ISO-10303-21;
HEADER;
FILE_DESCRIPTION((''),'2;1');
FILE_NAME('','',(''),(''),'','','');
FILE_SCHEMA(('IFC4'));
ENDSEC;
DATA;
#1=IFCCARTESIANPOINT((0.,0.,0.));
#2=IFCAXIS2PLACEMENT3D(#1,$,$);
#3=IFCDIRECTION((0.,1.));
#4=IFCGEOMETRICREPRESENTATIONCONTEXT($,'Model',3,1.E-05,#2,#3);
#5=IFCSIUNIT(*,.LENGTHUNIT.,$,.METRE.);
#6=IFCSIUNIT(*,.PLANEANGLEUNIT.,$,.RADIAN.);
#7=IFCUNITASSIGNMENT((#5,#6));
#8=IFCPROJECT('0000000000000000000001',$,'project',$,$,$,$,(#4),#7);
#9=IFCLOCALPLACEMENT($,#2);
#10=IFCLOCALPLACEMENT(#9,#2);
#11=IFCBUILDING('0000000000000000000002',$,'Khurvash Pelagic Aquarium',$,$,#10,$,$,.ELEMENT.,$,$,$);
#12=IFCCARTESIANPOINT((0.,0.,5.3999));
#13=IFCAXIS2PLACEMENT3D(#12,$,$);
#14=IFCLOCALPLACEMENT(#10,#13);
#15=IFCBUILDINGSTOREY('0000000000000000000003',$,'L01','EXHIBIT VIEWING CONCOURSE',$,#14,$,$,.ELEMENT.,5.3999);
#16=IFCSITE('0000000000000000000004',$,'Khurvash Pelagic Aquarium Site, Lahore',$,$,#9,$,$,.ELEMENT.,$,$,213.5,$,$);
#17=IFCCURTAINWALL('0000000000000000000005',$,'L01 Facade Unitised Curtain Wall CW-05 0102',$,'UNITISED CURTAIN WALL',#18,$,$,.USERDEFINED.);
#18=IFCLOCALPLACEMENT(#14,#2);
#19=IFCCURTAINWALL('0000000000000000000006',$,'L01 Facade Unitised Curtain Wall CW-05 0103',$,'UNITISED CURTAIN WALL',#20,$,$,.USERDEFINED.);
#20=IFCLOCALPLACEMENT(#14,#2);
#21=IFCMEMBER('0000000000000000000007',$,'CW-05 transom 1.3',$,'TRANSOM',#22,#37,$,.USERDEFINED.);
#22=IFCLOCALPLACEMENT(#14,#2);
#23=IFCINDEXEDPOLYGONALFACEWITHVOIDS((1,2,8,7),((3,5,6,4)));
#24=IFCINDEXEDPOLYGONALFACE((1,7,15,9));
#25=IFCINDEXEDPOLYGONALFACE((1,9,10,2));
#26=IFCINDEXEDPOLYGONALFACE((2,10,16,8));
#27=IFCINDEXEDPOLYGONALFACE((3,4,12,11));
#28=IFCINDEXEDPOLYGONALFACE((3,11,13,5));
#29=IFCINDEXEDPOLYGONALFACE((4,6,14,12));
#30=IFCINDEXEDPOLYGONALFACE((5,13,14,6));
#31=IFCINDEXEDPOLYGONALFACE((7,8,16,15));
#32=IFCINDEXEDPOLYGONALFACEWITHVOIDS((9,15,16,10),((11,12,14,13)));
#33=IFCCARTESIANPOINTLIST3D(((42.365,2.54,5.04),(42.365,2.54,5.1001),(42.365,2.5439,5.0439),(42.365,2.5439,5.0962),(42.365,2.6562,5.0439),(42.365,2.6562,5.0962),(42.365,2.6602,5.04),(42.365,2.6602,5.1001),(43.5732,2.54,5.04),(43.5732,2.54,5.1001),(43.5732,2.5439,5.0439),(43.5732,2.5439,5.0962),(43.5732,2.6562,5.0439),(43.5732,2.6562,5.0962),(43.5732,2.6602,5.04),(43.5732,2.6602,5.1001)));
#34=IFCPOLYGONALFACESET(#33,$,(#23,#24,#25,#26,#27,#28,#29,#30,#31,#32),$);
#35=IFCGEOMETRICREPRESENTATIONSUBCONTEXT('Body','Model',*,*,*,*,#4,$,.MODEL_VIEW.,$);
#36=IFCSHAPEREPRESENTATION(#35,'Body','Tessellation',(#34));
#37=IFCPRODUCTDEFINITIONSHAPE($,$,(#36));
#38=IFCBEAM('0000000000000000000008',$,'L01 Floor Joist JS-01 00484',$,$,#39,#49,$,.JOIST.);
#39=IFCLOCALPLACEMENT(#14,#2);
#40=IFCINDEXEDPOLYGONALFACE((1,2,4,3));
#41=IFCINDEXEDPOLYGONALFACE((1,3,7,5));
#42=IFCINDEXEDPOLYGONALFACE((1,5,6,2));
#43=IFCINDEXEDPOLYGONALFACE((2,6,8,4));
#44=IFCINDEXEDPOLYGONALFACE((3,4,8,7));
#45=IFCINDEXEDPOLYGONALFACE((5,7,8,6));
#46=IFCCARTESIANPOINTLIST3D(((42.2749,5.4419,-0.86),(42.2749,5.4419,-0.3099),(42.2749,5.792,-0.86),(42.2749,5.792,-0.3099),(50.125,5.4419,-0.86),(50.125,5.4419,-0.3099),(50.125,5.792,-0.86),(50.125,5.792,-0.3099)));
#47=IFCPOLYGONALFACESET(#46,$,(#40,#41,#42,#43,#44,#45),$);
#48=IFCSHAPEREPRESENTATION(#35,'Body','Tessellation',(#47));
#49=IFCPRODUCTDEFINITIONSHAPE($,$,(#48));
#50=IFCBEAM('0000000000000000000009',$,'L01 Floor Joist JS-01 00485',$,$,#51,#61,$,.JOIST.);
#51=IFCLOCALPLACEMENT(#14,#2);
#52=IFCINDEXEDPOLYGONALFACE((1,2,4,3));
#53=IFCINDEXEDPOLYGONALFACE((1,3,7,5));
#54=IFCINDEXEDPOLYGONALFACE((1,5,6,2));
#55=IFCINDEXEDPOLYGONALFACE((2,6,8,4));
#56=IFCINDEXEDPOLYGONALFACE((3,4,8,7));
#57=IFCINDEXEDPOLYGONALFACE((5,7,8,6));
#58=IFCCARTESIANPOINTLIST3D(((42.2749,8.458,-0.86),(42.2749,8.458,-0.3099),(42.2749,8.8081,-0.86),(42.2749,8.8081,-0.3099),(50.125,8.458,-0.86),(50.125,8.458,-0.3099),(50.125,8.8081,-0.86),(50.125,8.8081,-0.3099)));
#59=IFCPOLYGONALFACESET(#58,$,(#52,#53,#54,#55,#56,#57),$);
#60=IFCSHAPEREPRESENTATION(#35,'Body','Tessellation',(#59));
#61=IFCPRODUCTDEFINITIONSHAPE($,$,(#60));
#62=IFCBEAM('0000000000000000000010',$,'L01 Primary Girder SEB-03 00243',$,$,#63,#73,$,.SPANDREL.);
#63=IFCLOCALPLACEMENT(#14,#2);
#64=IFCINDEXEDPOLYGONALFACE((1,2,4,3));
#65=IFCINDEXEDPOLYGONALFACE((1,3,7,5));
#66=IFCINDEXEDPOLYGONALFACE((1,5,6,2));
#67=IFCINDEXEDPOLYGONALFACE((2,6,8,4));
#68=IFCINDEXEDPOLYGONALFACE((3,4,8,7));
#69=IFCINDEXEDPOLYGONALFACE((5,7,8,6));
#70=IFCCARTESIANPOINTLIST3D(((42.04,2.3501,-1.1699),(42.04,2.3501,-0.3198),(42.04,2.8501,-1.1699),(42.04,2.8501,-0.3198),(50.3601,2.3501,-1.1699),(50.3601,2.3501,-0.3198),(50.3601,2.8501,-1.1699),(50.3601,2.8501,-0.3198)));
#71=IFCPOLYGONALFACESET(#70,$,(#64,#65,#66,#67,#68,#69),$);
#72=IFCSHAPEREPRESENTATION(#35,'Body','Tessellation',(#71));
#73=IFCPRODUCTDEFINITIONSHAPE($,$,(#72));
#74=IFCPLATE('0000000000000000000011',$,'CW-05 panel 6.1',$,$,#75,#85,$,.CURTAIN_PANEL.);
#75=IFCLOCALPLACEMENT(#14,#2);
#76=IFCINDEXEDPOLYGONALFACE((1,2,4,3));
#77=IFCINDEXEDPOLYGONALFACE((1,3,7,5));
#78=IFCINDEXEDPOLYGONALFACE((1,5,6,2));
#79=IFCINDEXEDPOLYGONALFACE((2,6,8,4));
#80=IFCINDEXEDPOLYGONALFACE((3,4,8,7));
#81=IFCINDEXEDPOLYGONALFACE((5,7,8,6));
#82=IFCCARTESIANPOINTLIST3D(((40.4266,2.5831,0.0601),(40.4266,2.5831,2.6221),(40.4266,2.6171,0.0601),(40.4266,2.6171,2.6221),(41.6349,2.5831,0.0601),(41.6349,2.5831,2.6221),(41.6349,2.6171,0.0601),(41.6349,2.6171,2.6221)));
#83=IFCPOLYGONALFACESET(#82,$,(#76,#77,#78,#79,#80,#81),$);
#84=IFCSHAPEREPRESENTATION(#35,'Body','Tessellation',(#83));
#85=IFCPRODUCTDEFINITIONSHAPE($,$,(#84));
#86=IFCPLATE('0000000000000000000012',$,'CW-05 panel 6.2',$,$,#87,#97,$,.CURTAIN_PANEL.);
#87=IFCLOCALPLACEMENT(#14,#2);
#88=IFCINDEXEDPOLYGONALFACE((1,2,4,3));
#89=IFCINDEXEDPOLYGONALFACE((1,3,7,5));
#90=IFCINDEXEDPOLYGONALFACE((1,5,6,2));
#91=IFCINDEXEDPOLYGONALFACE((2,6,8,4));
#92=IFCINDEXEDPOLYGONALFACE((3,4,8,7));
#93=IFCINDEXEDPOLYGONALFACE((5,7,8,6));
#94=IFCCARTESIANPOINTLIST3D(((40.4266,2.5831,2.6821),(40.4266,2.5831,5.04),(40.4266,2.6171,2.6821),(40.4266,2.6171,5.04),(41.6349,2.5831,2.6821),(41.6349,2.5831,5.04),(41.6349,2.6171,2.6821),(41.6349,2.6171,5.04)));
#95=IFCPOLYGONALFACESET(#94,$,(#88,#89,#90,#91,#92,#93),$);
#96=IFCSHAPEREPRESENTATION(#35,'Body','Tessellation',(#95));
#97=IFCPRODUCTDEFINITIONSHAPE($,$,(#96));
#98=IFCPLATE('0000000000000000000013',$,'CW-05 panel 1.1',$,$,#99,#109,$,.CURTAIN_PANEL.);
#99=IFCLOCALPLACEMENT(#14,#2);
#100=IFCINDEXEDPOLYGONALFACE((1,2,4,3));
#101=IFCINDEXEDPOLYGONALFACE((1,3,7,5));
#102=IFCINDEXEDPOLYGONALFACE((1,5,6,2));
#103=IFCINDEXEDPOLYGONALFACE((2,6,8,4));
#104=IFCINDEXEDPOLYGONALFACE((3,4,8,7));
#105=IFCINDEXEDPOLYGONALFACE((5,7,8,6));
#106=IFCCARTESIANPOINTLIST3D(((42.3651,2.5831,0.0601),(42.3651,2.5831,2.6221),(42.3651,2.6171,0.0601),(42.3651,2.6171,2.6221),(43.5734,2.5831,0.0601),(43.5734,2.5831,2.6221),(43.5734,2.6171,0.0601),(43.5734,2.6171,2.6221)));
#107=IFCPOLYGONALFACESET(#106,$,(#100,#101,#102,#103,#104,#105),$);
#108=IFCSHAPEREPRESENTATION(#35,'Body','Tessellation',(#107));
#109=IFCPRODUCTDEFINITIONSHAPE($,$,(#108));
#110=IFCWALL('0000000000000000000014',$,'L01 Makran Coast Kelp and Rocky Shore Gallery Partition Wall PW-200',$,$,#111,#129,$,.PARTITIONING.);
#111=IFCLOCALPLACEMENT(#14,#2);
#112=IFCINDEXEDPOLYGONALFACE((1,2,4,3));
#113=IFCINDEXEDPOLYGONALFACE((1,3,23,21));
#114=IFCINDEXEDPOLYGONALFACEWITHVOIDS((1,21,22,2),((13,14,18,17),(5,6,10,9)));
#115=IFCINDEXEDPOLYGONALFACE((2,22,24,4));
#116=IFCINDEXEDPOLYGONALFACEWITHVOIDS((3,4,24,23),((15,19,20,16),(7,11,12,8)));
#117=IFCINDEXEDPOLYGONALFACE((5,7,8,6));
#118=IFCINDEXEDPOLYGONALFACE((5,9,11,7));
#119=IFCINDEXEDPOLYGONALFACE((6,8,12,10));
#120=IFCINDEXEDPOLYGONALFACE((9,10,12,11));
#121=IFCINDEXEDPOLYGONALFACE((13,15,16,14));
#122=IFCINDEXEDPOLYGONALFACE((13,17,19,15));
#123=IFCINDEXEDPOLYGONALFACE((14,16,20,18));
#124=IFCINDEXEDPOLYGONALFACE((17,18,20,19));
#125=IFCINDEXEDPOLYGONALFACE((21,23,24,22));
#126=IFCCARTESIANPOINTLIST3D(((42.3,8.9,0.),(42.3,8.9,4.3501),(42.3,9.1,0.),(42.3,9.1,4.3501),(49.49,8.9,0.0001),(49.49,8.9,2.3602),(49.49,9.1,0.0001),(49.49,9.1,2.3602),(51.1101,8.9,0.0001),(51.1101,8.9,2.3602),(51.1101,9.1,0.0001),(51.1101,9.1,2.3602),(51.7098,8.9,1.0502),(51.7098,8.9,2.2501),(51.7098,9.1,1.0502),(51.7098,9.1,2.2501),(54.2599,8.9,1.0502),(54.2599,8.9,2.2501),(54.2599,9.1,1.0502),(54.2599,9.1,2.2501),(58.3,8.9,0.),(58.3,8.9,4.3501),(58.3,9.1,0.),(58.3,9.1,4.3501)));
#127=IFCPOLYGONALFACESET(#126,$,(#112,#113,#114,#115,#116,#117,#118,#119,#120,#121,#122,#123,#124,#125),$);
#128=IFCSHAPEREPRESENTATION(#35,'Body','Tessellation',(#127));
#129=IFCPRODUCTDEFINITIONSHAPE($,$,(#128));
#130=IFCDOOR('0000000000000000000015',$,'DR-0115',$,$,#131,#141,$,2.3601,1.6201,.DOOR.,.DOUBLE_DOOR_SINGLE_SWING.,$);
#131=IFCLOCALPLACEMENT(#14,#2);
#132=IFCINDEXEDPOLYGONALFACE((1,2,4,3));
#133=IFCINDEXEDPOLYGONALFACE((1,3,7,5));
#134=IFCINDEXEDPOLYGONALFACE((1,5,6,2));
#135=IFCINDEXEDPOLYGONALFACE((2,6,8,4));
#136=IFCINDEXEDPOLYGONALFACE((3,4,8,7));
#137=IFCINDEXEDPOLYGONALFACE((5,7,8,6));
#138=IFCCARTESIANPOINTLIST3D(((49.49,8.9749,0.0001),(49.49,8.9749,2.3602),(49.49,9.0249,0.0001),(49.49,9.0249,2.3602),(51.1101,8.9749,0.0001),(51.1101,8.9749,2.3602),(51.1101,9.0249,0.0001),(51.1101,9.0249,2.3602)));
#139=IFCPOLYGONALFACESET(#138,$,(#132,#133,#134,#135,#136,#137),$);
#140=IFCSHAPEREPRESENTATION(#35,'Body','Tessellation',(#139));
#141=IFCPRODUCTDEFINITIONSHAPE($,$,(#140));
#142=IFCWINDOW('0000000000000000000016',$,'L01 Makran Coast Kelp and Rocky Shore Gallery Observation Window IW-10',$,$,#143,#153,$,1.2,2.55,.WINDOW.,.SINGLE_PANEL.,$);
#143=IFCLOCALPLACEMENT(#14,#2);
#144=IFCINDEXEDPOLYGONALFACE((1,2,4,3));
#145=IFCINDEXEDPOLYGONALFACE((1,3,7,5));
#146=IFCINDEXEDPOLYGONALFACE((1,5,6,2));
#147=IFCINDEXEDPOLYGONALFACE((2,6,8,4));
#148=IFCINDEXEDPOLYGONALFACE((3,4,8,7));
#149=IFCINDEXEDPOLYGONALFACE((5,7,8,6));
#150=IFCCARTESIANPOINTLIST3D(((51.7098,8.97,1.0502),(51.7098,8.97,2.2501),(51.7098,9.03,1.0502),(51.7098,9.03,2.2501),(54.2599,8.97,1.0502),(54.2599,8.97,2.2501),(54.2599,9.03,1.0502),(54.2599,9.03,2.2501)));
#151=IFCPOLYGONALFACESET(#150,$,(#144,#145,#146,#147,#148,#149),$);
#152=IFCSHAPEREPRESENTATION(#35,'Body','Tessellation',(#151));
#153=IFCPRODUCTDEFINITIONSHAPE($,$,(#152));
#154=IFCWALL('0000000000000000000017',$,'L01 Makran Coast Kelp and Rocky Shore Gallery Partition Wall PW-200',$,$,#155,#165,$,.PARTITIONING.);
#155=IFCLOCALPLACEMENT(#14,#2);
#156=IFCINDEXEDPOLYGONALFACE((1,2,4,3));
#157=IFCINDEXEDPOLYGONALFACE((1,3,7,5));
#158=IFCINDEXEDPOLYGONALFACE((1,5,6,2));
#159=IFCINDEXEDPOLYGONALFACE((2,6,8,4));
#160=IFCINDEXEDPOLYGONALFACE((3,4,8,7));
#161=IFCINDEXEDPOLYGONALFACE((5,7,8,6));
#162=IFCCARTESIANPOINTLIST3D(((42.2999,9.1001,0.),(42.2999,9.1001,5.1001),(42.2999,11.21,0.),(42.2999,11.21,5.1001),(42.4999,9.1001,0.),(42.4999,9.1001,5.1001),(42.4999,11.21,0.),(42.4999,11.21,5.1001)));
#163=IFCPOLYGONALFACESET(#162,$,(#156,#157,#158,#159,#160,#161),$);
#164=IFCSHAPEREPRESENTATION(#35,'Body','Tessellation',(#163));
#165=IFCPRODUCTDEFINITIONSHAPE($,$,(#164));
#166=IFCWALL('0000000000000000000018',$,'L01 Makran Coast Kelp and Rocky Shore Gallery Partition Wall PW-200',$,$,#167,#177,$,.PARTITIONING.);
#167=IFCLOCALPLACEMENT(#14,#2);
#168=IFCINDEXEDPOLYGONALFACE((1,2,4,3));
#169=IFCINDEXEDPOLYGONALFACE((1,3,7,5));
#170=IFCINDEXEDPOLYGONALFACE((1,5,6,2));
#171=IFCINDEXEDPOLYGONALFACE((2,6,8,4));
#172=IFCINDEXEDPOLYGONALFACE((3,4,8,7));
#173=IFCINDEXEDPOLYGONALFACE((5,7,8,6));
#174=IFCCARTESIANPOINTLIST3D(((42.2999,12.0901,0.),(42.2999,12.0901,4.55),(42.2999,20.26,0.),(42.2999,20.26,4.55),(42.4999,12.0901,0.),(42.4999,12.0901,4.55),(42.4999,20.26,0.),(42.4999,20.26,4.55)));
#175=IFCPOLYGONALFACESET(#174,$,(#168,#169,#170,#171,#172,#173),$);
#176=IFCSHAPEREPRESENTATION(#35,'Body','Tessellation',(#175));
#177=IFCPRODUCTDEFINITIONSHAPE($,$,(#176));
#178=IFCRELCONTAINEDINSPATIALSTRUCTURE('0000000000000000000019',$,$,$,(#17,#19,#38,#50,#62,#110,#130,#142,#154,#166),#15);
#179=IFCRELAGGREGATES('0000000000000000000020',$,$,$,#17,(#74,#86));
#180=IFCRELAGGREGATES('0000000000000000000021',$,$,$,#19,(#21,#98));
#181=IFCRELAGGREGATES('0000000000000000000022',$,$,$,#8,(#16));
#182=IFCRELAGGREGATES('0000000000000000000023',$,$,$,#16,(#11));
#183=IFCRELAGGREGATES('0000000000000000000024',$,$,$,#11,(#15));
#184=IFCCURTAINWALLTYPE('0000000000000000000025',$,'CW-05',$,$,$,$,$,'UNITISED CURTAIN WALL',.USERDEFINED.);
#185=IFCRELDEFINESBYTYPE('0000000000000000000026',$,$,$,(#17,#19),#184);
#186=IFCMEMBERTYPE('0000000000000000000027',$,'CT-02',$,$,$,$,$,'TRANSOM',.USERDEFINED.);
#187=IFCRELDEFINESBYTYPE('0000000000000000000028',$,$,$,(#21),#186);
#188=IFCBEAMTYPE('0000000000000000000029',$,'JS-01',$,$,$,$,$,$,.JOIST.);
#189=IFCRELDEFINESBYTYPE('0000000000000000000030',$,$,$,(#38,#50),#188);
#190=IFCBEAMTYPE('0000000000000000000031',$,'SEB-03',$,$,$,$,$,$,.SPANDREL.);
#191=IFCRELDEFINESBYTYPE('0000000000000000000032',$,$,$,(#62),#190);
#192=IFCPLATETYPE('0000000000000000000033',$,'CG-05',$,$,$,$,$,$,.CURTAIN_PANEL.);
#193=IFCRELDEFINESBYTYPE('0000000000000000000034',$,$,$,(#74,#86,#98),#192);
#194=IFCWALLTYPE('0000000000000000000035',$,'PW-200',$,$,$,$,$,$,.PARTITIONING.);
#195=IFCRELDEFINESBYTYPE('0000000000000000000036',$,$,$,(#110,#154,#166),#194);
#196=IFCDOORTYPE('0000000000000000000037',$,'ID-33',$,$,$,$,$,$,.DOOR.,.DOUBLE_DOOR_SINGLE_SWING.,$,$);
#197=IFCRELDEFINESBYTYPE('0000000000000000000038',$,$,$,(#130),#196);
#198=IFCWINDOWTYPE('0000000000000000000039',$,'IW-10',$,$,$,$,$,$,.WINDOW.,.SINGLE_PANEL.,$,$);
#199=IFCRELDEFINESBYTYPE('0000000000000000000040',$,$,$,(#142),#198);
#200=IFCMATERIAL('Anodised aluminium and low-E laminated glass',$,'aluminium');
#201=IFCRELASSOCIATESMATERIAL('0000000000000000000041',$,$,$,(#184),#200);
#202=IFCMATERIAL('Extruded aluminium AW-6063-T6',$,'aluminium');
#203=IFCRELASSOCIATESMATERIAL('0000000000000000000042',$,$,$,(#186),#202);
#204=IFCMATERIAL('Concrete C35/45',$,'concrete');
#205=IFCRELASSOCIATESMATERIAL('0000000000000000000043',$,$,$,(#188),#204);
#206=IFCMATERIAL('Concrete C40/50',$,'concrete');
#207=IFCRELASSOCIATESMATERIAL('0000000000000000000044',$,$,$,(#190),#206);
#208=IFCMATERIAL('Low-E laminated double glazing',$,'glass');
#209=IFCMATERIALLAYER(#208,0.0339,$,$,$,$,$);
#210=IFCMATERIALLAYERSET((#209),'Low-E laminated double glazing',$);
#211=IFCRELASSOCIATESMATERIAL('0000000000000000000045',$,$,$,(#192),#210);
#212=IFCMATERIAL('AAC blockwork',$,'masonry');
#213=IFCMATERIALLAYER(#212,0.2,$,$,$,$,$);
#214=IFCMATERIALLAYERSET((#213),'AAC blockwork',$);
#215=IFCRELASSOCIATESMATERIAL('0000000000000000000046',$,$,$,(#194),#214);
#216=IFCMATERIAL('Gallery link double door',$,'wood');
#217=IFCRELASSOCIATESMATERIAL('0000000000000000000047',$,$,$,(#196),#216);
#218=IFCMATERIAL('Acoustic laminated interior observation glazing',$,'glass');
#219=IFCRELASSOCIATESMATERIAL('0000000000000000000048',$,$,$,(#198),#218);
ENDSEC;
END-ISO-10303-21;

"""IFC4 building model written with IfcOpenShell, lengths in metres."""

from ifc_helpers import new_model, si_unit, direction, frame, frame_2d, origin, origin_2d, place, context, subcontext, project, spatial, rectangle, hollow_rectangle, extrude, material, layer, layer_set, material_profile, profile_set, type_object, element, fill, aggregate, save


model = new_model("IFC4")

# Units and contexts
model_context = context("Model", 3, precision=1e-05, world=origin(), true_north=direction((0.0, 1.0)))
body_context = subcontext(model_context, "Body", "Model", "MODEL_VIEW")
ifc_project = project(units=[si_unit("LENGTHUNIT", "METRE"), si_unit("PLANEANGLEUNIT", "RADIAN")], contexts=[model_context])

# Site, building, storey
site_placement = place(None, origin())
site = spatial("IfcSite", under=ifc_project, at=site_placement, Name="Khurvash Pelagic Aquarium Site, Lahore", CompositionType="ELEMENT", RefElevation=213.5)
building_placement = place(site_placement, origin())
building = spatial("IfcBuilding", under=site, at=building_placement, Name="Khurvash Pelagic Aquarium", CompositionType="ELEMENT")
storey_placement = place(building_placement, frame((0.0, 0.0, 5.3999)))
storey = spatial("IfcBuildingStorey", under=building, at=storey_placement, Name="L01", Description="EXHIBIT VIEWING CONCOURSE", CompositionType="ELEMENT", Elevation=5.3999)

# Shared definitions
ifc_material_1 = material(Name="Concrete C40/50", Category="concrete")

# Curtain walls
ifc_material_2 = material(Name="Anodised aluminium and low-E laminated glass", Category="aluminium")
curtain_wall_type = type_object("IfcCurtainWallType", Name="CW-05", ElementType="UNITISED CURTAIN WALL", PredefinedType="USERDEFINED", material=ifc_material_2)
curtain_wall_1_placement = place(storey_placement, origin())
curtain_wall_1 = element("IfcCurtainWall", 1, at=curtain_wall_1_placement, inside=storey, type_object=curtain_wall_type, Name="L01 Facade Unitised Curtain Wall CW-05 0102", ObjectType="UNITISED CURTAIN WALL", PredefinedType="USERDEFINED")
ifc_material_3 = material(Name="Extruded aluminium AW-6063-T6", Category="aluminium")
curtain_wall_2_placement = place(storey_placement, origin())
curtain_wall_2 = element("IfcCurtainWall", 2, at=curtain_wall_2_placement, inside=storey, type_object=curtain_wall_type, Name="L01 Facade Unitised Curtain Wall CW-05 0103", ObjectType="UNITISED CURTAIN WALL", PredefinedType="USERDEFINED")

# Member
ifc_material_profile_1 = material_profile(ifc_material_3, hollow_rectangle(XDim=0.1201, YDim=0.0601, WallThickness=0.0039, at=origin_2d()), Name="CWT120X60X4")
ifc_profile_set_1 = profile_set([ifc_material_profile_1], Name="Extruded aluminium AW-6063-T6")
member_type_1 = type_object("IfcMemberType", Name="CT-02", ElementType="TRANSOM", PredefinedType="USERDEFINED", material=ifc_profile_set_1)
member_1_placement = place(storey_placement, frame((42.365, 2.6001, 5.0701), z_axis=(1.0, 0.0, 0.0), x_axis=(0.0, 1.0, 0.0)))
member_1 = element("IfcMember", 3, at=member_1_placement, type_object=member_type_1, Name="CW-05 transom 1.3", ObjectType="TRANSOM", PredefinedType="USERDEFINED", context=body_context, shape_type="SweptSolid", body=[
    extrude(hollow_rectangle(XDim=0.1201, YDim=0.0601, WallThickness=0.0039, at=origin_2d()), origin(), (0.0, 0.0, 1.0), 1.2083),
])

# Beams
ifc_material_4 = material(Name="Concrete C35/45", Category="concrete")
ifc_material_profile_2 = material_profile(ifc_material_4, rectangle(XDim=0.3501, YDim=0.55, at=origin_2d()), Name="RC350X550")
ifc_profile_set_2 = profile_set([ifc_material_profile_2], Name="Concrete C35/45")
beam_type_1 = type_object("IfcBeamType", Name="JS-01", PredefinedType="JOIST", material=ifc_profile_set_2)
for number, where, z_axis, x_axis, name in (
    (4, (42.2749, 5.6169, -0.585), (1.0, 0.0, 0.0), (0.0, 1.0, 0.0), "L01 Floor Joist JS-01 00484"),
    (5, (42.2749, 8.6331, -0.585), (1.0, 0.0, 0.0), (0.0, 1.0, 0.0), "L01 Floor Joist JS-01 00485"),
):
    element("IfcBeam", number, at=place(storey_placement, frame(where, z_axis=z_axis, x_axis=x_axis)), inside=storey, type_object=beam_type_1, Name=name, PredefinedType="JOIST", context=body_context, shape_type="SweptSolid", body=[
        extrude(rectangle(XDim=0.3501, YDim=0.55, at=origin_2d()), origin(), (0.0, 0.0, 1.0), 7.8501),
    ])
ifc_material_profile_3 = material_profile(ifc_material_1, rectangle(XDim=0.5, YDim=0.8501, at=origin_2d()), Name="RC500X850")
ifc_profile_set_3 = profile_set([ifc_material_profile_3], Name="Concrete C40/50")
beam_type_2 = type_object("IfcBeamType", Name="SEB-03", PredefinedType="SPANDREL", material=ifc_profile_set_3)
beam_1_placement = place(storey_placement, frame((42.04, 2.6001, -0.7449), z_axis=(1.0, 0.0, 0.0), x_axis=(0.0, 1.0, 0.0)))
element("IfcBeam", 6, at=beam_1_placement, inside=storey, type_object=beam_type_2, Name="L01 Primary Girder SEB-03 00243", PredefinedType="SPANDREL", context=body_context, shape_type="SweptSolid", body=[
    extrude(rectangle(XDim=0.5, YDim=0.8501, at=origin_2d()), origin(), (0.0, 0.0, 1.0), 8.3201),
])

# Plates
ifc_material_5 = material(Name="Low-E laminated double glazing", Category="glass")
ifc_layer_1 = layer(ifc_material_5, 0.0339)
ifc_layer_set_1 = layer_set([ifc_layer_1], Name="Low-E laminated double glazing")
plate_type = type_object("IfcPlateType", Name="CG-05", PredefinedType="CURTAIN_PANEL", material=ifc_layer_set_1)
plate_1_placement = place(storey_placement, frame((41.0308, 2.6001, 0.0601), z_axis=(0.0, 0.0, 1.0), x_axis=(1.0, 0.0, 0.0)))
plate_1 = element("IfcPlate", 7, at=plate_1_placement, type_object=plate_type, Name="CW-05 panel 6.1", PredefinedType="CURTAIN_PANEL", context=body_context, shape_type="SweptSolid", body=[
    extrude(rectangle(XDim=1.2083, YDim=0.0339, at=origin_2d()), origin(), (0.0, 0.0, 1.0), 2.562),
])
plate_2_placement = place(storey_placement, frame((41.0308, 2.6001, 2.6821), z_axis=(0.0, 0.0, 1.0), x_axis=(1.0, 0.0, 0.0)))
plate_2 = element("IfcPlate", 8, at=plate_2_placement, type_object=plate_type, Name="CW-05 panel 6.2", PredefinedType="CURTAIN_PANEL", context=body_context, shape_type="SweptSolid", body=[
    extrude(rectangle(XDim=1.2083, YDim=0.0339, at=origin_2d()), origin(), (0.0, 0.0, 1.0), 2.3579),
])
aggregate(curtain_wall_1, [plate_1, plate_2])
plate_3_placement = place(storey_placement, frame((42.9692, 2.6001, 0.0601), z_axis=(0.0, 0.0, 1.0), x_axis=(1.0, 0.0, 0.0)))
plate_3 = element("IfcPlate", 9, at=plate_3_placement, type_object=plate_type, Name="CW-05 panel 1.1", PredefinedType="CURTAIN_PANEL", context=body_context, shape_type="SweptSolid", body=[
    extrude(rectangle(XDim=1.2083, YDim=0.0339, at=origin_2d()), origin(), (0.0, 0.0, 1.0), 2.562),
])
aggregate(curtain_wall_2, [member_1, plate_3])

# Wall, openings, door, window
ifc_material_6 = material(Name="AAC blockwork", Category="masonry")
ifc_layer_2 = layer(ifc_material_6, 0.2)
ifc_layer_set_2 = layer_set([ifc_layer_2], Name="AAC blockwork")
wall_type = type_object("IfcWallType", Name="PW-200", PredefinedType="PARTITIONING", material=ifc_layer_set_2)
wall_1_placement = place(storey_placement, frame((42.3, 9.0, 0.0), z_axis=(0.0, 0.0, 1.0), x_axis=(1.0, 0.0, 0.0)))
wall_1 = element("IfcWall", 10, at=wall_1_placement, inside=storey, type_object=wall_type, Name="L01 Makran Coast Kelp and Rocky Shore Gallery Partition Wall PW-200", PredefinedType="PARTITIONING", context=body_context, shape_type="SweptSolid", body=[
    extrude(rectangle(XDim=16.0, YDim=0.2, at=frame_2d((8.0, 0.0))), origin(), (0.0, 0.0, 1.0), 4.3501),
])
opening_1_placement = place(wall_1_placement, frame((7.1899, 0.0, 0.0)))
opening_1 = element("IfcOpeningElement", 11, at=opening_1_placement, cuts=wall_1, PredefinedType="OPENING", context=body_context, shape_type="SweptSolid", body=[
    extrude(rectangle(XDim=1.6201, YDim=2.3601, at=frame_2d((0.8101, 1.1802))), frame((0.0, 0.1099, 0.0), z_axis=(0.0, -1.0, 0.0), x_axis=(1.0, 0.0, 0.0)), (0.0, 0.0, 1.0), 0.22),
])
opening_2_placement = place(wall_1_placement, frame((9.4099, 0.0, 1.05)))
opening_2 = element("IfcOpeningElement", 12, at=opening_2_placement, cuts=wall_1, PredefinedType="OPENING", context=body_context, shape_type="SweptSolid", body=[
    extrude(rectangle(XDim=2.55, YDim=1.2, at=frame_2d((1.2749, 0.6001))), frame((0.0, 0.1099, 0.0), z_axis=(0.0, -1.0, 0.0), x_axis=(1.0, 0.0, 0.0)), (0.0, 0.0, 1.0), 0.22),
])
ifc_material_7 = material(Name="Gallery link double door", Category="wood")
door_type = type_object("IfcDoorType", Name="ID-33", OperationType="DOUBLE_DOOR_SINGLE_SWING", PredefinedType="DOOR", material=ifc_material_7)
door_placement = place(opening_1_placement, origin())
door = element("IfcDoor", 13, at=door_placement, inside=storey, type_object=door_type, Name="DR-0115", OperationType="DOUBLE_DOOR_SINGLE_SWING", OverallHeight=2.3601, OverallWidth=1.6201, PredefinedType="DOOR", context=body_context, shape_type="SweptSolid", body=[
    extrude(rectangle(XDim=1.6201, YDim=2.3601, at=frame_2d((0.8101, 1.1802))), frame((0.0, 0.0249, 0.0), z_axis=(0.0, -1.0, 0.0), x_axis=(1.0, 0.0, 0.0)), (0.0, 0.0, 1.0), 0.05),
])
fill(opening_1, door)
ifc_material_8 = material(Name="Acoustic laminated interior observation glazing", Category="glass")
window_type = type_object("IfcWindowType", Name="IW-10", PartitioningType="SINGLE_PANEL", PredefinedType="WINDOW", material=ifc_material_8)
window_placement = place(opening_2_placement, origin())
window = element("IfcWindow", 14, at=window_placement, inside=storey, type_object=window_type, Name="L01 Makran Coast Kelp and Rocky Shore Gallery Observation Window IW-10", OverallHeight=1.2, OverallWidth=2.55, PartitioningType="SINGLE_PANEL", PredefinedType="WINDOW", context=body_context, shape_type="SweptSolid", body=[
    extrude(rectangle(XDim=2.55, YDim=1.2, at=frame_2d((1.2749, 0.6001))), frame((0.0, 0.03, 0.0), z_axis=(0.0, -1.0, 0.0), x_axis=(1.0, 0.0, 0.0)), (0.0, 0.0, 1.0), 0.0601),
])
fill(opening_2, window)

# Walls
wall_2_placement = place(storey_placement, frame((42.3999, 9.1001, 0.0), z_axis=(0.0, 0.0, 1.0), x_axis=(0.0, 1.0, 0.0)))
element("IfcWall", 15, at=wall_2_placement, inside=storey, type_object=wall_type, Name="L01 Makran Coast Kelp and Rocky Shore Gallery Partition Wall PW-200", PredefinedType="PARTITIONING", context=body_context, shape_type="SweptSolid", body=[
    extrude(rectangle(XDim=2.1099, YDim=0.2, at=frame_2d((1.0549, 0.0))), origin(), (0.0, 0.0, 1.0), 5.1001),
])
wall_3_placement = place(storey_placement, frame((42.3999, 12.0901, 0.0), z_axis=(0.0, 0.0, 1.0), x_axis=(0.0, 1.0, 0.0)))
element("IfcWall", 16, at=wall_3_placement, inside=storey, type_object=wall_type, Name="L01 Makran Coast Kelp and Rocky Shore Gallery Partition Wall PW-200", PredefinedType="PARTITIONING", context=body_context, shape_type="SweptSolid", body=[
    extrude(rectangle(XDim=8.1699, YDim=0.2, at=frame_2d((4.085, 0.0))), origin(), (0.0, 0.0, 1.0), 4.55),
])

save(model, "model.ifc")
